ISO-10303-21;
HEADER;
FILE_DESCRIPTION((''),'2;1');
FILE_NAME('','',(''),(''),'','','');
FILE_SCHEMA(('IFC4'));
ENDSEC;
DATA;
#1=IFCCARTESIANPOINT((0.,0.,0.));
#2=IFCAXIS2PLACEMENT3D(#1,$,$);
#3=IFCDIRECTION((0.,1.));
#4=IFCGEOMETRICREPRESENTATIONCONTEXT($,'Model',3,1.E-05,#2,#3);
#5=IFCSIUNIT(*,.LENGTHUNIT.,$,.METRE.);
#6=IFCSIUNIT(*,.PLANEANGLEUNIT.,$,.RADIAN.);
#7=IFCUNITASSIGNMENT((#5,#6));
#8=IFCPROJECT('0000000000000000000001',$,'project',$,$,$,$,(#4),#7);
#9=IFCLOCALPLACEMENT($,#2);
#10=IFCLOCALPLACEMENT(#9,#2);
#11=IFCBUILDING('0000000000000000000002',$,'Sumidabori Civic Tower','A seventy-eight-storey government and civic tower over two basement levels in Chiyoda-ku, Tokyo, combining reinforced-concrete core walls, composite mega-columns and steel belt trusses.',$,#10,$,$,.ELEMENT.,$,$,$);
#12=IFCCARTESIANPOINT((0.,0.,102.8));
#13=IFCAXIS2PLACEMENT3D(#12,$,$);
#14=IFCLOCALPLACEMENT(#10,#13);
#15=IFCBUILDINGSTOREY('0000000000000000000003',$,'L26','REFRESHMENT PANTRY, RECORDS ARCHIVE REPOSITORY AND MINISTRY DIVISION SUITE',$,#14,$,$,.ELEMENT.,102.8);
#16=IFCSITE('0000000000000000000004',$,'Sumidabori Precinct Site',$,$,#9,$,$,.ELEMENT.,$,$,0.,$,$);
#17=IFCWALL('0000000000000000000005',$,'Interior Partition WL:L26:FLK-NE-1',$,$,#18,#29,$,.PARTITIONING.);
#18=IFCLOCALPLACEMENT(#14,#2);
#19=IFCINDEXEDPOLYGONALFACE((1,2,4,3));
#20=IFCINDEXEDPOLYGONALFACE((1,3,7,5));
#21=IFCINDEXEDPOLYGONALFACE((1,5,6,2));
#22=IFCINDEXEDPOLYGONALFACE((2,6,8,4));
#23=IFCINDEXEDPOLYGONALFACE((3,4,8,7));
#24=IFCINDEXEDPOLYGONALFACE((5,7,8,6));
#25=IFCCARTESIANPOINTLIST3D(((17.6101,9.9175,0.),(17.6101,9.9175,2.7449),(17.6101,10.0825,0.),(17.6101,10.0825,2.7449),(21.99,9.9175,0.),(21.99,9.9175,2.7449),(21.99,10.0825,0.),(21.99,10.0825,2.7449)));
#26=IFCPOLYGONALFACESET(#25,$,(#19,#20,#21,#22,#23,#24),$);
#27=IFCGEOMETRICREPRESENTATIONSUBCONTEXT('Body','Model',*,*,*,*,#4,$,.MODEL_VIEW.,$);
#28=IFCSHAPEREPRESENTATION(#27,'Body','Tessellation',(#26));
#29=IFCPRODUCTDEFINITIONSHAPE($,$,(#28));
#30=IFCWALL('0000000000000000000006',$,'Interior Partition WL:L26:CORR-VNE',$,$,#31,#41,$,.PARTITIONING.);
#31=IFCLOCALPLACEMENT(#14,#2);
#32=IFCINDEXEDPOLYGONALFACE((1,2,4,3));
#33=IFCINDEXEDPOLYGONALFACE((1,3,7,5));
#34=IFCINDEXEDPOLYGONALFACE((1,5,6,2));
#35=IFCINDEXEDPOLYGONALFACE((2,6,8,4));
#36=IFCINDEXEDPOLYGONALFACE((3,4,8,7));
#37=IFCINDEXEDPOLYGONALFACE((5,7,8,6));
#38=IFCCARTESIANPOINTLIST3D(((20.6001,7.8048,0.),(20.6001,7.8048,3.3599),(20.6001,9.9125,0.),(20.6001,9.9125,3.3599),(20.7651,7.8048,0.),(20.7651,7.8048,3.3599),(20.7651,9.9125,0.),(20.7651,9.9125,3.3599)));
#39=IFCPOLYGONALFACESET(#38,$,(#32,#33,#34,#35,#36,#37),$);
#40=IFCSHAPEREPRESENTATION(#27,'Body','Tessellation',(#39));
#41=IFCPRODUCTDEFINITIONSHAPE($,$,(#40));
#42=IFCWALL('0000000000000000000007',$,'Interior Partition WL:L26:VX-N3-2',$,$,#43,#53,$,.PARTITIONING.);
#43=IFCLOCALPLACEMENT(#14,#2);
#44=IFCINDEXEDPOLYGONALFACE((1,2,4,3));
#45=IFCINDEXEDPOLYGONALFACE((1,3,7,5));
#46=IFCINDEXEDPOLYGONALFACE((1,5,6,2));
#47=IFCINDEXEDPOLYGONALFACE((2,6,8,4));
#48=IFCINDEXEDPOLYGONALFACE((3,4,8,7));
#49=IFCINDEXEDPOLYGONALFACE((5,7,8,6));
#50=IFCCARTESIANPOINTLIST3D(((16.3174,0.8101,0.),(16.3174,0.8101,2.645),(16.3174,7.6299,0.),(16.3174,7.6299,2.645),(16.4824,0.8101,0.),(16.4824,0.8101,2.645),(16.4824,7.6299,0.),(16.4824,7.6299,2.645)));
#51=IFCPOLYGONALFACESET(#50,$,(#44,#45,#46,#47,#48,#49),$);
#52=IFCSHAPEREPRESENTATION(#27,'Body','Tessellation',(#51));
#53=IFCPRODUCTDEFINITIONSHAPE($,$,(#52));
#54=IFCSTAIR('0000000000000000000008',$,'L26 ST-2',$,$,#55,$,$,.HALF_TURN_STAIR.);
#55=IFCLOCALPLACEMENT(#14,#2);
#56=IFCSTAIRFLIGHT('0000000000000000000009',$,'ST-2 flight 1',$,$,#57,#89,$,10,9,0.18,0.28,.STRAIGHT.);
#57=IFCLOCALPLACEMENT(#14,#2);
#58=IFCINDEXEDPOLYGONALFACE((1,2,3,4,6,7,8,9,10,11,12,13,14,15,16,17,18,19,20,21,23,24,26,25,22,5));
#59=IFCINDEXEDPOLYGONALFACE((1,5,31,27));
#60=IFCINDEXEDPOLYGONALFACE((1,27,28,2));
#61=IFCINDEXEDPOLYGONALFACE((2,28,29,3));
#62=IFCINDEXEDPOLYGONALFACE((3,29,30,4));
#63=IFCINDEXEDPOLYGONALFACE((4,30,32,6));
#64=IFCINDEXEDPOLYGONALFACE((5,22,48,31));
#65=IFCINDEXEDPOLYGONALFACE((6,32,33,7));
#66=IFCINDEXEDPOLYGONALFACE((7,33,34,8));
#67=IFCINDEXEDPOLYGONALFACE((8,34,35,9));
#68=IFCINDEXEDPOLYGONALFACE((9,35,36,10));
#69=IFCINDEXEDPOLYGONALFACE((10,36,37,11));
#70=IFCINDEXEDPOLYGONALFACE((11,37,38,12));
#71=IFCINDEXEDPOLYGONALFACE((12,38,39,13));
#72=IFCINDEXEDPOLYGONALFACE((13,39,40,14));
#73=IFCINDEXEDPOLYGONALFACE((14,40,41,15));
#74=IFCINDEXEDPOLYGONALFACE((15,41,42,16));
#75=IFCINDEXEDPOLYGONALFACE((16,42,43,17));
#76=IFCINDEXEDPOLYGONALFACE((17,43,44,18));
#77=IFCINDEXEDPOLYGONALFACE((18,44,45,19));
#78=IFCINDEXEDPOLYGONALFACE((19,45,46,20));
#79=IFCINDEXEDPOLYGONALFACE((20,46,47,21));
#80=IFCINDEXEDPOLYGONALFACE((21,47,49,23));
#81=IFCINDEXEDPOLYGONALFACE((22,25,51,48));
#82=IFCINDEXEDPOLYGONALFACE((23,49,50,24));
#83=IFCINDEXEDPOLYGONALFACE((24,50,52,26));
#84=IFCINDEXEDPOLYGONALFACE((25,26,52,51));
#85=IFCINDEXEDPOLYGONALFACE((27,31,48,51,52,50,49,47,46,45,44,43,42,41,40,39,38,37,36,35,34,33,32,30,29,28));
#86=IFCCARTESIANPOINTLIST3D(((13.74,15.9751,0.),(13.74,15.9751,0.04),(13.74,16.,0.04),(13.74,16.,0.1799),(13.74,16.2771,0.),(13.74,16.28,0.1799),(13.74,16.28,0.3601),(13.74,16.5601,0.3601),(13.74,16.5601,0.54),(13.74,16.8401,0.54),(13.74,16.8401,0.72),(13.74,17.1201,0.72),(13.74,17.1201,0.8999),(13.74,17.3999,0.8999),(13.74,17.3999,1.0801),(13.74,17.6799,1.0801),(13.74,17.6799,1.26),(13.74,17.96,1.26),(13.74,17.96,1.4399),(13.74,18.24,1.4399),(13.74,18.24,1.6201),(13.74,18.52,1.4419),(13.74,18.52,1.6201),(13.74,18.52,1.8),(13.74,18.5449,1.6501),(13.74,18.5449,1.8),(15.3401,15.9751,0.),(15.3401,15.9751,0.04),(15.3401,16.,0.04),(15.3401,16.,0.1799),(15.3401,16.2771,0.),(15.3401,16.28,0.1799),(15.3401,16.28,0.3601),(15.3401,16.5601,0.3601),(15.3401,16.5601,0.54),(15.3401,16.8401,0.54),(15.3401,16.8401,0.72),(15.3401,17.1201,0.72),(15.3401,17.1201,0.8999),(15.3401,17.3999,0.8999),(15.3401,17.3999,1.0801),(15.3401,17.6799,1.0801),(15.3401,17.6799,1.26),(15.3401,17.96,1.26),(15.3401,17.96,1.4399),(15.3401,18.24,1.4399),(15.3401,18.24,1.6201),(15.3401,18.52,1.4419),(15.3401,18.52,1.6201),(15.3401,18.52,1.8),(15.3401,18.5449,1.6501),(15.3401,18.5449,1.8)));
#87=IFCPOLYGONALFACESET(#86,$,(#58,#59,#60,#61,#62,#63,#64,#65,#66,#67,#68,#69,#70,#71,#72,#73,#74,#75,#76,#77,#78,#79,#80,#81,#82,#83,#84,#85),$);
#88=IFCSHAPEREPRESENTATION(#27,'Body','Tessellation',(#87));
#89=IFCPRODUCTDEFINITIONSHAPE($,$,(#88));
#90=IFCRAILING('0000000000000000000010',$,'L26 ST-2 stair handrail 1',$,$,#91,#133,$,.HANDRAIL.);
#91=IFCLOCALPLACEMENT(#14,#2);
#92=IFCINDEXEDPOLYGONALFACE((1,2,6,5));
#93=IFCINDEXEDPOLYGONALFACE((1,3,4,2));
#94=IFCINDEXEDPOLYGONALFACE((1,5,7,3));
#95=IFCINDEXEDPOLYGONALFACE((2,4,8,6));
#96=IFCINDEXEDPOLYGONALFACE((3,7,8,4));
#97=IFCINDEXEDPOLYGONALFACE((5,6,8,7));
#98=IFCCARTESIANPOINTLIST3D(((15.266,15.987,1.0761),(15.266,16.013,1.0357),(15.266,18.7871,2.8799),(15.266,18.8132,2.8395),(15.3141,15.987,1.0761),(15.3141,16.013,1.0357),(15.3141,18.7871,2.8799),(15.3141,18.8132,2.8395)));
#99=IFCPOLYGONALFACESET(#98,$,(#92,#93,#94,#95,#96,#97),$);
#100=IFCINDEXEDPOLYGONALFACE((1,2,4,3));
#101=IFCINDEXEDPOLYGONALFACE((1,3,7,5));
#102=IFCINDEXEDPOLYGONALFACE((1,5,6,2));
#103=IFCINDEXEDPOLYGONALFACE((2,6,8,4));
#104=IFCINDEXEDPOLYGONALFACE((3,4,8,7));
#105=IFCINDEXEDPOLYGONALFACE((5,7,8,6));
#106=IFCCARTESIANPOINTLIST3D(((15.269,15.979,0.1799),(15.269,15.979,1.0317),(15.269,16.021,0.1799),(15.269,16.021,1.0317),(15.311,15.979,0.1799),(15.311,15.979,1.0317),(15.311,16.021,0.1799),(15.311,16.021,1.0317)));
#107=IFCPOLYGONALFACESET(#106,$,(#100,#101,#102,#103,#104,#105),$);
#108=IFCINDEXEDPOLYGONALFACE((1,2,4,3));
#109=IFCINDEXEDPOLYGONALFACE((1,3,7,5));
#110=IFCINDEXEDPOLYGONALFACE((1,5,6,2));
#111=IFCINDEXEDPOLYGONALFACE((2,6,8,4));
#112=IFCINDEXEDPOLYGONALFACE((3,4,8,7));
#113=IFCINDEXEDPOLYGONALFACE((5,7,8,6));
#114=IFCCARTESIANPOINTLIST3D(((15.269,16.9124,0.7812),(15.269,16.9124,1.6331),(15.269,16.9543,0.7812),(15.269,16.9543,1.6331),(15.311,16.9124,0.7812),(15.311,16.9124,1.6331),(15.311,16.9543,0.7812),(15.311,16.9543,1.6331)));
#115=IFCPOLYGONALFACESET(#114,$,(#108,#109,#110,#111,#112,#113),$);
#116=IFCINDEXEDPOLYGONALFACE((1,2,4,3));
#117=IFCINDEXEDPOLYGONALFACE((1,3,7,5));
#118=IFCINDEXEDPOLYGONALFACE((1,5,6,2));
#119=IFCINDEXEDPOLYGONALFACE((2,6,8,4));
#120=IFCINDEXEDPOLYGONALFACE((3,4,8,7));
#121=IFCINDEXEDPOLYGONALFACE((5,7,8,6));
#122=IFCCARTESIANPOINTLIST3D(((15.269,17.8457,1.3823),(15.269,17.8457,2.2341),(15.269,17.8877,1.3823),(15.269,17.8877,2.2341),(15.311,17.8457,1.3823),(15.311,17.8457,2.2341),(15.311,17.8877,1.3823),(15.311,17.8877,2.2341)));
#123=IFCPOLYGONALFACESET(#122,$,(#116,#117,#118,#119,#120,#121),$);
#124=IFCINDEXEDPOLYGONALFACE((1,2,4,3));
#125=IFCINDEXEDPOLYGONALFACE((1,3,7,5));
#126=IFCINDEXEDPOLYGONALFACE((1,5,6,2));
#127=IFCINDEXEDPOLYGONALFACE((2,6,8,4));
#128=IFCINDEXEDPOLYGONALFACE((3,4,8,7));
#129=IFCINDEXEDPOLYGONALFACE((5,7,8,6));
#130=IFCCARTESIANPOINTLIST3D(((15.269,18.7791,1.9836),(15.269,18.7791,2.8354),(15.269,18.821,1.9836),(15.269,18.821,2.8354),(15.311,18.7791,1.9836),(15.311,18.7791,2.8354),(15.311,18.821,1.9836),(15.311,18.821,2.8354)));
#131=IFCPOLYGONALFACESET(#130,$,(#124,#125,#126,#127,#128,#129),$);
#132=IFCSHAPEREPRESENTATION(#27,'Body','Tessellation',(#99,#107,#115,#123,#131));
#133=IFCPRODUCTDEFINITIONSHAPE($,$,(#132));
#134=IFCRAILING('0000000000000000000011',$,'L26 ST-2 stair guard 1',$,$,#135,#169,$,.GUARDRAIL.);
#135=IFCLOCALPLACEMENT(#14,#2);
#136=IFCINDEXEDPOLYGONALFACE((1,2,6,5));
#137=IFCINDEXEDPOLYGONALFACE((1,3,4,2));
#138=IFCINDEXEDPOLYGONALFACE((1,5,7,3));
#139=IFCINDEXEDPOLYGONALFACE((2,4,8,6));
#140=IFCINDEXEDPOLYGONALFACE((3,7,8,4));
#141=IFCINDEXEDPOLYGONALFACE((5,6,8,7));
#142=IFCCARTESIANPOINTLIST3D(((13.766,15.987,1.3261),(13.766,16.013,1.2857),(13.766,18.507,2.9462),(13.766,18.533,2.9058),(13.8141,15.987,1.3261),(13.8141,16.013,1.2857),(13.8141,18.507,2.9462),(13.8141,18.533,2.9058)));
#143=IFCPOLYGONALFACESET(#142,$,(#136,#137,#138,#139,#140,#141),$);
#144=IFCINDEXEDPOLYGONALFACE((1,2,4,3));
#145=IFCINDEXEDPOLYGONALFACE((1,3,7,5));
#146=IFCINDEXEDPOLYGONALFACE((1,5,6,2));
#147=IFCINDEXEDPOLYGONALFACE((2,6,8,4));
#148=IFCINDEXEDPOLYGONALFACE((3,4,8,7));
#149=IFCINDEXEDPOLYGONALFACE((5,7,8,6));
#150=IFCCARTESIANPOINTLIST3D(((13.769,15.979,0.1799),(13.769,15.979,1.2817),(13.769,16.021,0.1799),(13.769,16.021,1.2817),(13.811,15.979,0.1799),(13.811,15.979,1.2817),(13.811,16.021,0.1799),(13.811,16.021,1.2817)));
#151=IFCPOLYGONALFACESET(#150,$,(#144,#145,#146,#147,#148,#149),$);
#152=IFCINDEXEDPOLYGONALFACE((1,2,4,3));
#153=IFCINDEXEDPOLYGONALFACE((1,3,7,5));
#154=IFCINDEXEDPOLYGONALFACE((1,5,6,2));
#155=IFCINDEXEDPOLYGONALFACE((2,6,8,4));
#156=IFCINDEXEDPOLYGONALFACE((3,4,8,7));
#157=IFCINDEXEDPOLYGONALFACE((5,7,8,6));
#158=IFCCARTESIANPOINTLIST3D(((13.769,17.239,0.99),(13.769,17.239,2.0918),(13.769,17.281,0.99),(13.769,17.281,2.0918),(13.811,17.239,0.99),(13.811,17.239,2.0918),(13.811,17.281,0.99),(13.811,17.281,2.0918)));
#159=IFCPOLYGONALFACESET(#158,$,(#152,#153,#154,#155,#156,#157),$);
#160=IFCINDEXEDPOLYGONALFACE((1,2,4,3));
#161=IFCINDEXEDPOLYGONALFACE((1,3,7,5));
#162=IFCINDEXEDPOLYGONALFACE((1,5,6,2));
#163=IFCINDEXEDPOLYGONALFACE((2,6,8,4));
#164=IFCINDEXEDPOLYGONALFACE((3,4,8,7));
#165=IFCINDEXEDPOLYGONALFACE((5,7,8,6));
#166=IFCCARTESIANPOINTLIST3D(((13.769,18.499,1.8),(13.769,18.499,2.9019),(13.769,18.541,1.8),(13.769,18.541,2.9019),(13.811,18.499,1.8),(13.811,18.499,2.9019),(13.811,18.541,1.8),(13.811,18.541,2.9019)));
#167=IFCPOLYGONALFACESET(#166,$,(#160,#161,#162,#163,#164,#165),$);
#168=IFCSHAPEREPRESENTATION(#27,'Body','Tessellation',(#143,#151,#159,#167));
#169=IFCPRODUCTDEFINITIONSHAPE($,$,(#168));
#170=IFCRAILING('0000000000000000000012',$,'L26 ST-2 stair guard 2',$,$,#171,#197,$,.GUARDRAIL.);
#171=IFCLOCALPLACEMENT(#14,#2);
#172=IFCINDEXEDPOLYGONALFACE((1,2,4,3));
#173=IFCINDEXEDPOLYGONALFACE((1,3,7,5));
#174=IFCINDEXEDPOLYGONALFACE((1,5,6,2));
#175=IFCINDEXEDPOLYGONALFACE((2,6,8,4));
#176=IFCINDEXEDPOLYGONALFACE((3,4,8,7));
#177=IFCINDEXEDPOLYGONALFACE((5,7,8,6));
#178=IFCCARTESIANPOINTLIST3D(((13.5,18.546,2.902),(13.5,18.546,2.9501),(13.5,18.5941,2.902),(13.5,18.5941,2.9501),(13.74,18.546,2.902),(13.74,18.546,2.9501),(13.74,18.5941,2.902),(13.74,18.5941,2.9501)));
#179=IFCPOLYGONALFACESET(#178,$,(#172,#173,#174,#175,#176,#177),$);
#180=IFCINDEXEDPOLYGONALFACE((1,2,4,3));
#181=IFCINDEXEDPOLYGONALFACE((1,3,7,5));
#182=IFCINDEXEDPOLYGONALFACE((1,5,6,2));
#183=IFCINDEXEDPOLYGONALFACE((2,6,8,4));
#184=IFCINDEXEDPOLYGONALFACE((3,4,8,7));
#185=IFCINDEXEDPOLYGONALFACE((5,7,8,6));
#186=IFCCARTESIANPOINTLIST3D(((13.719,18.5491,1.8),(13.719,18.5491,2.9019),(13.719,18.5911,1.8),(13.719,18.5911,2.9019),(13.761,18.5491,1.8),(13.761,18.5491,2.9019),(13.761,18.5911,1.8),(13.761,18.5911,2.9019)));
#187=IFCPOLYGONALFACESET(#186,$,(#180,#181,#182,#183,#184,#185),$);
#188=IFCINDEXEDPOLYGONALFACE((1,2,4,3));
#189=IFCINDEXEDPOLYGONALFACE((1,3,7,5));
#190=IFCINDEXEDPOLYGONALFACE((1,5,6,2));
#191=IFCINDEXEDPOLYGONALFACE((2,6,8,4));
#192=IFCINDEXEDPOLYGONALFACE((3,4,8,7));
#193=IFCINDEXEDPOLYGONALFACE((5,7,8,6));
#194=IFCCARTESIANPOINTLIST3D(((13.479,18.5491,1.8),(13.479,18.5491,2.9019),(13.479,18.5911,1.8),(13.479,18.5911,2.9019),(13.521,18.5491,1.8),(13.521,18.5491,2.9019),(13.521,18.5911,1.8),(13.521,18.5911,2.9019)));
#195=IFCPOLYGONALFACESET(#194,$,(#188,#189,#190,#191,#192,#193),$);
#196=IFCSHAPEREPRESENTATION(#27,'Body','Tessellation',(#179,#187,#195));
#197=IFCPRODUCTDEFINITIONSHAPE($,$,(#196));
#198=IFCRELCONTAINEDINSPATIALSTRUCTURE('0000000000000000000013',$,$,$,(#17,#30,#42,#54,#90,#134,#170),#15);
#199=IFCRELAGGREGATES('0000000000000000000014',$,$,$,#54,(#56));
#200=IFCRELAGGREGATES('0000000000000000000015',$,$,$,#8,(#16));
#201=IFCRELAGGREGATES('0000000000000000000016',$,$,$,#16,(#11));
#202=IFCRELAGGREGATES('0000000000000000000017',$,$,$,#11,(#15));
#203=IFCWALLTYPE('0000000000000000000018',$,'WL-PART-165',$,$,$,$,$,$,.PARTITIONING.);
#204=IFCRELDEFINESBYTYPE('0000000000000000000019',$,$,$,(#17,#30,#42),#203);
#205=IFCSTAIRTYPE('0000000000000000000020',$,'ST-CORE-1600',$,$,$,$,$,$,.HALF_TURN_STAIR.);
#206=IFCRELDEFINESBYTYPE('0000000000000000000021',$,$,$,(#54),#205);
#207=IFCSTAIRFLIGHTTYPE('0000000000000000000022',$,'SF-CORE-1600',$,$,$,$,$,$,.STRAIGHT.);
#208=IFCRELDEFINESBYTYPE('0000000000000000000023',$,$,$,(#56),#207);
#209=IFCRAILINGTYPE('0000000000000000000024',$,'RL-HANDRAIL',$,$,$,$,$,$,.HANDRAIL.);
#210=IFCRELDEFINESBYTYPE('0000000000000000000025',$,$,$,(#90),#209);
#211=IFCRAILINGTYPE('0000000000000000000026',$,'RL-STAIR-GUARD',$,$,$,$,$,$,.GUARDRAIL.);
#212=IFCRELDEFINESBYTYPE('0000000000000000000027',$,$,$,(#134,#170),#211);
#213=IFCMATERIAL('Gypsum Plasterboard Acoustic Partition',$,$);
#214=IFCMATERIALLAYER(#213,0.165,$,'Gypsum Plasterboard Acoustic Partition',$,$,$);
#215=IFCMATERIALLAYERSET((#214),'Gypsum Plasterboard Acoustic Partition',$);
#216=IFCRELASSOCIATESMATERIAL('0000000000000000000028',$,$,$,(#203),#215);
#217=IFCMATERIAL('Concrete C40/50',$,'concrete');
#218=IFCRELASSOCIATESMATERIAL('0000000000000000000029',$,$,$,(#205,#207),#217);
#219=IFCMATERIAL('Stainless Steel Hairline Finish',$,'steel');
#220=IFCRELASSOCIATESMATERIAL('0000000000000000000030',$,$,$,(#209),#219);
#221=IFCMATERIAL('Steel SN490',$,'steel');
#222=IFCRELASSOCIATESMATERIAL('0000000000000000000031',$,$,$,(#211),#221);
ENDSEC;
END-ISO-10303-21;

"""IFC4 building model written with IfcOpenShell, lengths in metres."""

from ifc_helpers import new_model, si_unit, direction, frame, frame_2d, origin, origin_2d, place, context, subcontext, project, spatial, polyline, rectangle, outline, extrude, source, transform, mapped, material, layer, layer_set, type_object, element, aggregate, save


model = new_model("IFC4")

# Units and contexts
model_context = context("Model", 3, precision=1e-05, world=origin(), true_north=direction((0.0, 1.0)))
body_context = subcontext(model_context, "Body", "Model", "MODEL_VIEW")
ifc_project = project(units=[si_unit("LENGTHUNIT", "METRE"), si_unit("PLANEANGLEUNIT", "RADIAN")], contexts=[model_context])

# Site, building, storey
site_placement = place(None, origin())
site = spatial("IfcSite", under=ifc_project, at=site_placement, Name="Sumidabori Precinct Site", CompositionType="ELEMENT", RefElevation=0.0)
building_placement = place(site_placement, origin())
building = spatial("IfcBuilding", under=site, at=building_placement, Name="Sumidabori Civic Tower", Description="A seventy-eight-storey government and civic tower over two basement levels in Chiyoda-ku, Tokyo, combining reinforced-concrete core walls, composite mega-columns and steel belt trusses.", CompositionType="ELEMENT")
storey_placement = place(building_placement, frame((0.0, 0.0, 102.8)))
storey = spatial("IfcBuildingStorey", under=building, at=storey_placement, Name="L26", Description="REFRESHMENT PANTRY, RECORDS ARCHIVE REPOSITORY AND MINISTRY DIVISION SUITE", CompositionType="ELEMENT", Elevation=102.8)

# Shared definitions
ifc_material_1 = material(Name="Steel SN490", Category="steel")

# Walls
ifc_material_2 = material(Name="Gypsum Plasterboard Acoustic Partition")
ifc_layer_1 = layer(ifc_material_2, 0.165, Name="Gypsum Plasterboard Acoustic Partition")
ifc_layer_set_1 = layer_set([ifc_layer_1], Name="Gypsum Plasterboard Acoustic Partition")
wall_type_1 = type_object("IfcWallType", Name="WL-PART-165", PredefinedType="PARTITIONING", material=ifc_layer_set_1)
shared_shape_1 = source(origin(), body_context, "Body", "SweptSolid", [
    extrude(rectangle(XDim=4.3799, YDim=0.165, at=frame_2d((2.1899, 0.0))), origin(), (0.0, 0.0, 1.0), 2.7449),
])
wall_1_placement = place(storey_placement, frame((17.6101, 10.0, 0.0), z_axis=(0.0, 0.0, 1.0), x_axis=(1.0, 0.0, 0.0)))
element("IfcWall", 1, at=wall_1_placement, inside=storey, type_object=wall_type_1, Name="Interior Partition WL:L26:FLK-NE-1", PredefinedType="PARTITIONING", context=body_context, shape_type="MappedRepresentation", body=[
    mapped(shared_shape_1, transform((0.0, 0.0, 0.0), x_axis=(1.0, 0.0, 0.0), y_axis=(0.0, 1.0, 0.0), z_axis=(0.0, 0.0, 1.0), scale=1.0)),
])
shared_shape_2 = source(origin(), body_context, "Body", "SweptSolid", [
    extrude(rectangle(XDim=2.1077, YDim=0.165, at=frame_2d((1.0537, 0.0))), origin(), (0.0, 0.0, 1.0), 3.3599),
])
wall_2_placement = place(storey_placement, frame((20.6826, 7.8049, 0.0), z_axis=(0.0, 0.0, 1.0), x_axis=(0.0, 1.0, 0.0)))
element("IfcWall", 2, at=wall_2_placement, inside=storey, type_object=wall_type_1, Name="Interior Partition WL:L26:CORR-VNE", PredefinedType="PARTITIONING", context=body_context, shape_type="MappedRepresentation", body=[
    mapped(shared_shape_2, transform((0.0, 0.0, 0.0), x_axis=(1.0, 0.0, 0.0), y_axis=(0.0, 1.0, 0.0), z_axis=(0.0, 0.0, 1.0), scale=1.0)),
])
shared_shape_3 = source(origin(), body_context, "Body", "SweptSolid", [
    extrude(rectangle(XDim=6.8198, YDim=0.165, at=frame_2d((3.4099, 0.0))), origin(), (0.0, 0.0, 1.0), 2.645),
])
wall_3_placement = place(storey_placement, frame((16.3999, 0.8101, 0.0), z_axis=(0.0, 0.0, 1.0), x_axis=(0.0, 1.0, 0.0)))
element("IfcWall", 3, at=wall_3_placement, inside=storey, type_object=wall_type_1, Name="Interior Partition WL:L26:VX-N3-2", PredefinedType="PARTITIONING", context=body_context, shape_type="MappedRepresentation", body=[
    mapped(shared_shape_3, transform((0.0, 0.0, 0.0), x_axis=(1.0, 0.0, 0.0), y_axis=(0.0, 1.0, 0.0), z_axis=(0.0, 0.0, 1.0), scale=1.0)),
])

# Stair, stair flight
ifc_material_3 = material(Name="Concrete C40/50", Category="concrete")
stair_type = type_object("IfcStairType", Name="ST-CORE-1600", PredefinedType="HALF_TURN_STAIR", material=ifc_material_3)
stair_placement = place(storey_placement, origin())
stair = element("IfcStair", 4, at=stair_placement, inside=storey, type_object=stair_type, Name="L26 ST-2", PredefinedType="HALF_TURN_STAIR")
stair_flight_type = type_object("IfcStairFlightType", Name="SF-CORE-1600", PredefinedType="STRAIGHT", material=ifc_material_3)
shared_shape_4 = source(origin(), body_context, "Body", "SweptSolid", [
    extrude(outline(polyline([(-0.0249, 0.0), (-0.0249, 0.04), (0.0, 0.04), (0.0, 0.1799), (0.28, 0.1799), (0.28, 0.3601), (0.5601, 0.3601), (0.5601, 0.54), (0.8401, 0.54), (0.8401, 0.72), (1.1201, 0.72), (1.1201, 0.8999), (1.3999, 0.8999), (1.3999, 1.0801), (1.6799, 1.0801), (1.6799, 1.26), (1.96, 1.26), (1.96, 1.4399), (2.24, 1.4399), (2.24, 1.6201), (2.52, 1.6201), (2.52, 1.8), (2.5449, 1.8), (2.5449, 1.6501), (2.52, 1.4419), (0.2771, 0.0), (-0.0249, 0.0)])), frame((0.0, 0.8, 0.0), z_axis=(0.0, -1.0, 0.0), x_axis=(1.0, 0.0, 0.0)), (0.0, 0.0, 1.0), 1.6001),
])
stair_flight_placement = place(storey_placement, frame((14.54, 16.0, 0.0), z_axis=(0.0, 0.0, 1.0), x_axis=(0.0, 1.0, 0.0)))
stair_flight = element("IfcStairFlight", 5, at=stair_flight_placement, type_object=stair_flight_type, Name="ST-2 flight 1", NumberOfRisers=10, NumberOfTreads=9, PredefinedType="STRAIGHT", RiserHeight=0.18, TreadLength=0.28, context=body_context, shape_type="MappedRepresentation", body=[
    mapped(shared_shape_4, transform((0.0, 0.0, 0.0), x_axis=(1.0, 0.0, 0.0), y_axis=(0.0, 1.0, 0.0), z_axis=(0.0, 0.0, 1.0), scale=1.0)),
])
aggregate(stair, [stair_flight])

# Railings
ifc_material_4 = material(Name="Stainless Steel Hairline Finish", Category="steel")
railing_type_1 = type_object("IfcRailingType", Name="RL-HANDRAIL", PredefinedType="HANDRAIL", material=ifc_material_4)
railing_1_placement = place(storey_placement, frame((15.29, 16.0, 0.1799)))
element("IfcRailing", 6, at=railing_1_placement, inside=storey, type_object=railing_type_1, Name="L26 ST-2 stair handrail 1", PredefinedType="HANDRAIL", context=body_context, shape_type="SweptSolid", body=[
    extrude(rectangle(XDim=0.0481, YDim=0.0481, at=origin_2d()), frame((0.0, 0.0, 0.876), z_axis=(0.0, 0.840676, 0.541539), x_axis=(-1.0, 0.0, 0.0)), (0.0, 0.0, 1.0), 3.3308),
    extrude(rectangle(XDim=0.042, YDim=0.042, at=origin_2d()), origin(), (0.0, 0.0, 1.0), 0.8518),
    extrude(rectangle(XDim=0.042, YDim=0.042, at=origin_2d()), frame((0.0, 0.9333, 0.6013)), (0.0, 0.0, 1.0), 0.8518),
    extrude(rectangle(XDim=0.042, YDim=0.042, at=origin_2d()), frame((0.0, 1.8667, 1.2024)), (0.0, 0.0, 1.0), 0.8518),
    extrude(rectangle(XDim=0.042, YDim=0.042, at=origin_2d()), frame((0.0, 2.8, 1.8037)), (0.0, 0.0, 1.0), 0.8518),
])
railing_type_2 = type_object("IfcRailingType", Name="RL-STAIR-GUARD", PredefinedType="GUARDRAIL", material=ifc_material_1)
railing_2_placement = place(storey_placement, frame((13.79, 16.0, 0.1799)))
element("IfcRailing", 7, at=railing_2_placement, inside=storey, type_object=railing_type_2, Name="L26 ST-2 stair guard 1", PredefinedType="GUARDRAIL", context=body_context, shape_type="SweptSolid", body=[
    extrude(rectangle(XDim=0.0481, YDim=0.0481, at=origin_2d()), frame((0.0, 0.0, 1.126), z_axis=(0.0, 0.841163, 0.540782), x_axis=(-1.0, 0.0, 0.0)), (0.0, 0.0, 1.0), 2.9958),
    extrude(rectangle(XDim=0.042, YDim=0.042, at=origin_2d()), origin(), (0.0, 0.0, 1.0), 1.1018),
    extrude(rectangle(XDim=0.042, YDim=0.042, at=origin_2d()), frame((0.0, 1.26, 0.8101)), (0.0, 0.0, 1.0), 1.1018),
    extrude(rectangle(XDim=0.042, YDim=0.042, at=origin_2d()), frame((0.0, 2.52, 1.6201)), (0.0, 0.0, 1.0), 1.1018),
])
railing_3_placement = place(storey_placement, frame((13.74, 18.5701, 1.8)))
element("IfcRailing", 8, at=railing_3_placement, inside=storey, type_object=railing_type_2, Name="L26 ST-2 stair guard 2", PredefinedType="GUARDRAIL", context=body_context, shape_type="SweptSolid", body=[
    extrude(rectangle(XDim=0.0481, YDim=0.0481, at=origin_2d()), frame((0.0, 0.0, 1.126), z_axis=(-1.0, 0.0, 0.0), x_axis=(0.0, -1.0, 0.0)), (0.0, 0.0, 1.0), 0.24),
    extrude(rectangle(XDim=0.042, YDim=0.042, at=origin_2d()), origin(), (0.0, 0.0, 1.0), 1.1018),
    extrude(rectangle(XDim=0.042, YDim=0.042, at=origin_2d()), frame((-0.24, 0.0, 0.0)), (0.0, 0.0, 1.0), 1.1018),
])

save(model, "model.ifc")
